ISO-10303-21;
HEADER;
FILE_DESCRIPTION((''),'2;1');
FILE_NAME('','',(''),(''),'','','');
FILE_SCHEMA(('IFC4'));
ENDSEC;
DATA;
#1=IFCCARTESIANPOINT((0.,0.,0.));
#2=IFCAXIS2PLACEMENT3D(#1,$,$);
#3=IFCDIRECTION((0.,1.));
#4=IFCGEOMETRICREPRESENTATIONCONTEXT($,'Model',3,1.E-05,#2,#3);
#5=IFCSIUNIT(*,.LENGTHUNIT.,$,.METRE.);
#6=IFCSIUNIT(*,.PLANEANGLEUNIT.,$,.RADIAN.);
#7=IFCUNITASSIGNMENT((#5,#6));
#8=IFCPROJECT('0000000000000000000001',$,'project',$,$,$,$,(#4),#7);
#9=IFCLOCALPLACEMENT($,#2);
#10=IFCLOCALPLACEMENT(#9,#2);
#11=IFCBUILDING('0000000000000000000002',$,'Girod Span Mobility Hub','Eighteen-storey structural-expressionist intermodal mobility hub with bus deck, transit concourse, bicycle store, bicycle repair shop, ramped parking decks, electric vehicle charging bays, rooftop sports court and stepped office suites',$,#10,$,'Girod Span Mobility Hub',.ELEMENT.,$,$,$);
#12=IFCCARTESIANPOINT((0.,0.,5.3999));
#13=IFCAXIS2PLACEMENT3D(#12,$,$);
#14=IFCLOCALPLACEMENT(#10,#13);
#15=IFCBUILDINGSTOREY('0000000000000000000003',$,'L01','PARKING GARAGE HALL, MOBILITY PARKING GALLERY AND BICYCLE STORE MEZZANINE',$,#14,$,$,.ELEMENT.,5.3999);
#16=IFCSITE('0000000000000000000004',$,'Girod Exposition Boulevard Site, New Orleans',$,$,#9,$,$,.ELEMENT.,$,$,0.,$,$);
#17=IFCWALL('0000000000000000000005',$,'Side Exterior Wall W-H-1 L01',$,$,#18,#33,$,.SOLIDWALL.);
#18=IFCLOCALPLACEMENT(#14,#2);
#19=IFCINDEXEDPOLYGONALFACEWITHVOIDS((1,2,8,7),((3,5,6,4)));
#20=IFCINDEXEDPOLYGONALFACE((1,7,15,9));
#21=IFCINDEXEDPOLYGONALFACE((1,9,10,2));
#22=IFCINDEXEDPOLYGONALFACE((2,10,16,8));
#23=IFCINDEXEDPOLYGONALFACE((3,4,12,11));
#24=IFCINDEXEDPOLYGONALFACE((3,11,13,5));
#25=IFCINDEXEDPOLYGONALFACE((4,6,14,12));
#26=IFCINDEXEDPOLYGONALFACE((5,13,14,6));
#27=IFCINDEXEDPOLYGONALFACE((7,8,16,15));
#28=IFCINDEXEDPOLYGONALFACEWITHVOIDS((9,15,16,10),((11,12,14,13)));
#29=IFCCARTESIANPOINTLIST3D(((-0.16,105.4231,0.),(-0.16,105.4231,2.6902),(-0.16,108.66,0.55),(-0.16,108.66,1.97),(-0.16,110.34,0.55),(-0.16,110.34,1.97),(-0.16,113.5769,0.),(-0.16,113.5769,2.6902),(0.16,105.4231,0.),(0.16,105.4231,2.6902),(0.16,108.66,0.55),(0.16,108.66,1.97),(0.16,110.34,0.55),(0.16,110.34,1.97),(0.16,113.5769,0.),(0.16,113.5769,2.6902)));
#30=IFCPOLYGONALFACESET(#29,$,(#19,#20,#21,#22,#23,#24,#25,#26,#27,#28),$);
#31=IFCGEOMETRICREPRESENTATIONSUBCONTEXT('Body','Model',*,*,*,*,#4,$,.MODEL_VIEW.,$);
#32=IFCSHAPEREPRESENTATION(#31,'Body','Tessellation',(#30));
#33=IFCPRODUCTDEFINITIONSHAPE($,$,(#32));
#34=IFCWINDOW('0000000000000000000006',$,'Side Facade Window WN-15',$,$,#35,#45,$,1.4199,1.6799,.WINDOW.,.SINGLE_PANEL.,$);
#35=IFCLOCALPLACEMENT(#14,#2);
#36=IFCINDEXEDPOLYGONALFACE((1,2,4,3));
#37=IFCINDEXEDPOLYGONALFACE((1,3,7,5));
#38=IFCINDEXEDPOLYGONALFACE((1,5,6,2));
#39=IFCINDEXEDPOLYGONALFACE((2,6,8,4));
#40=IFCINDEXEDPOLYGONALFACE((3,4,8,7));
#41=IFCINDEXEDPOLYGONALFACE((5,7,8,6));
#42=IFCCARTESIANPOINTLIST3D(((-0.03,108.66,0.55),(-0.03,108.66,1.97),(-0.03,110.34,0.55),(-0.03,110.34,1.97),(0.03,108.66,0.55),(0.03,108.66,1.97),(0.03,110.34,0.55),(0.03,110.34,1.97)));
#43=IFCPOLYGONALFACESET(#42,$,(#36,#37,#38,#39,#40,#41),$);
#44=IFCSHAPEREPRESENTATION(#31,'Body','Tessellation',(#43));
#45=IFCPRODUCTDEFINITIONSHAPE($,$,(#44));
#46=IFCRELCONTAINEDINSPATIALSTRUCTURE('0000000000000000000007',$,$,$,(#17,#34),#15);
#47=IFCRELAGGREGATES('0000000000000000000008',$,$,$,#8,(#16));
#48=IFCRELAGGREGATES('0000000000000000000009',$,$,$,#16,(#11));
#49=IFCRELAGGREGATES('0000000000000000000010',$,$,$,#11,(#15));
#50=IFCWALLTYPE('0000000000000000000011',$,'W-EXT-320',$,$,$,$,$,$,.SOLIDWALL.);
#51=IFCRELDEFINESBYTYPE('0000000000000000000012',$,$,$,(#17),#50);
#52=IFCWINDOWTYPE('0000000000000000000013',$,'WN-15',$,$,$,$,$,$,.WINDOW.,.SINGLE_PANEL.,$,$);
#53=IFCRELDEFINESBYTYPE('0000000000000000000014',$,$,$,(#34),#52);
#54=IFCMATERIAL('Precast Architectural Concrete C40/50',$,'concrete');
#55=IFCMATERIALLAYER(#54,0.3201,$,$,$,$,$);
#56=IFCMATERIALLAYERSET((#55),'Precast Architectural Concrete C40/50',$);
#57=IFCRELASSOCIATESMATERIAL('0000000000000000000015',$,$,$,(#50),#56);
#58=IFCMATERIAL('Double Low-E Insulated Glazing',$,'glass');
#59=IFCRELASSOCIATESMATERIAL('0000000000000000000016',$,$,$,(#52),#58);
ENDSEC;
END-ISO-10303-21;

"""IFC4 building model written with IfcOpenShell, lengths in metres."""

from ifc_helpers import new_model, si_unit, direction, frame, frame_2d, origin, place, context, subcontext, project, spatial, rectangle, extrude, material, layer, layer_set, type_object, element, fill, save


model = new_model("IFC4")

# Units and contexts
model_context = context("Model", 3, precision=1e-05, world=origin(), true_north=direction((0.0, 1.0)))
body_context = subcontext(model_context, "Body", "Model", "MODEL_VIEW")
ifc_project = project(units=[si_unit("LENGTHUNIT", "METRE"), si_unit("PLANEANGLEUNIT", "RADIAN")], contexts=[model_context])

# Site, building, storey
site_placement = place(None, origin())
site = spatial("IfcSite", under=ifc_project, at=site_placement, Name="Girod Exposition Boulevard Site, New Orleans", CompositionType="ELEMENT", RefElevation=0.0)
building_placement = place(site_placement, origin())
building = spatial("IfcBuilding", under=site, at=building_placement, Name="Girod Span Mobility Hub", Description="Eighteen-storey structural-expressionist intermodal mobility hub with bus deck, transit concourse, bicycle store, bicycle repair shop, ramped parking decks, electric vehicle charging bays, rooftop sports court and stepped office suites", LongName="Girod Span Mobility Hub", CompositionType="ELEMENT")
storey_placement = place(building_placement, frame((0.0, 0.0, 5.3999)))
storey = spatial("IfcBuildingStorey", under=building, at=storey_placement, Name="L01", Description="PARKING GARAGE HALL, MOBILITY PARKING GALLERY AND BICYCLE STORE MEZZANINE", CompositionType="ELEMENT", Elevation=5.3999)

# Shared definitions
ifc_material_1 = material(Name="Precast Architectural Concrete C40/50", Category="concrete")
ifc_layer_1 = layer(ifc_material_1, 0.3201)
ifc_layer_set_1 = layer_set([ifc_layer_1], Name="Precast Architectural Concrete C40/50")
wall_type = type_object("IfcWallType", Name="W-EXT-320", PredefinedType="SOLIDWALL", material=ifc_layer_set_1)

# Wall, opening, window
wall_1_placement = place(storey_placement, frame((0.0, 105.4231, 0.0), z_axis=(0.0, 0.0, 1.0), x_axis=(0.0, 1.0, 0.0)))
wall_1 = element("IfcWall", 1, at=wall_1_placement, inside=storey, type_object=wall_type, Name="Side Exterior Wall W-H-1 L01", PredefinedType="SOLIDWALL", context=body_context, shape_type="SweptSolid", body=[
    extrude(rectangle(XDim=8.1538, YDim=0.3201, at=frame_2d((4.0769, 0.0))), origin(), (0.0, 0.0, 1.0), 2.6902),
])
opening_1_placement = place(wall_1_placement, frame((3.2371, 0.0, 0.55)))
opening_1 = element("IfcOpeningElement", 2, at=opening_1_placement, cuts=wall_1, PredefinedType="OPENING", context=body_context, shape_type="SweptSolid", body=[
    extrude(rectangle(XDim=1.6799, YDim=1.4199, at=frame_2d((0.8398, 0.71))), frame((0.0, 0.175, 0.0), z_axis=(0.0, -1.0, 0.0), x_axis=(1.0, 0.0, 0.0)), (0.0, 0.0, 1.0), 0.3501),
])
ifc_material_2 = material(Name="Double Low-E Insulated Glazing", Category="glass")
window_type_1 = type_object("IfcWindowType", Name="WN-15", PartitioningType="SINGLE_PANEL", PredefinedType="WINDOW", material=ifc_material_2)
window_1_placement = place(opening_1_placement, origin())
window_1 = element("IfcWindow", 3, at=window_1_placement, inside=storey, type_object=window_type_1, Name="Side Facade Window WN-15", OverallHeight=1.4199, OverallWidth=1.6799, PartitioningType="SINGLE_PANEL", PredefinedType="WINDOW", context=body_context, shape_type="SweptSolid", body=[
    extrude(rectangle(XDim=1.6799, YDim=1.4199, at=frame_2d((0.8398, 0.71))), frame((0.0, 0.03, 0.0), z_axis=(0.0, -1.0, 0.0), x_axis=(1.0, 0.0, 0.0)), (0.0, 0.0, 1.0), 0.0601),
])
fill(opening_1, window_1)

save(model, "model.ifc")
